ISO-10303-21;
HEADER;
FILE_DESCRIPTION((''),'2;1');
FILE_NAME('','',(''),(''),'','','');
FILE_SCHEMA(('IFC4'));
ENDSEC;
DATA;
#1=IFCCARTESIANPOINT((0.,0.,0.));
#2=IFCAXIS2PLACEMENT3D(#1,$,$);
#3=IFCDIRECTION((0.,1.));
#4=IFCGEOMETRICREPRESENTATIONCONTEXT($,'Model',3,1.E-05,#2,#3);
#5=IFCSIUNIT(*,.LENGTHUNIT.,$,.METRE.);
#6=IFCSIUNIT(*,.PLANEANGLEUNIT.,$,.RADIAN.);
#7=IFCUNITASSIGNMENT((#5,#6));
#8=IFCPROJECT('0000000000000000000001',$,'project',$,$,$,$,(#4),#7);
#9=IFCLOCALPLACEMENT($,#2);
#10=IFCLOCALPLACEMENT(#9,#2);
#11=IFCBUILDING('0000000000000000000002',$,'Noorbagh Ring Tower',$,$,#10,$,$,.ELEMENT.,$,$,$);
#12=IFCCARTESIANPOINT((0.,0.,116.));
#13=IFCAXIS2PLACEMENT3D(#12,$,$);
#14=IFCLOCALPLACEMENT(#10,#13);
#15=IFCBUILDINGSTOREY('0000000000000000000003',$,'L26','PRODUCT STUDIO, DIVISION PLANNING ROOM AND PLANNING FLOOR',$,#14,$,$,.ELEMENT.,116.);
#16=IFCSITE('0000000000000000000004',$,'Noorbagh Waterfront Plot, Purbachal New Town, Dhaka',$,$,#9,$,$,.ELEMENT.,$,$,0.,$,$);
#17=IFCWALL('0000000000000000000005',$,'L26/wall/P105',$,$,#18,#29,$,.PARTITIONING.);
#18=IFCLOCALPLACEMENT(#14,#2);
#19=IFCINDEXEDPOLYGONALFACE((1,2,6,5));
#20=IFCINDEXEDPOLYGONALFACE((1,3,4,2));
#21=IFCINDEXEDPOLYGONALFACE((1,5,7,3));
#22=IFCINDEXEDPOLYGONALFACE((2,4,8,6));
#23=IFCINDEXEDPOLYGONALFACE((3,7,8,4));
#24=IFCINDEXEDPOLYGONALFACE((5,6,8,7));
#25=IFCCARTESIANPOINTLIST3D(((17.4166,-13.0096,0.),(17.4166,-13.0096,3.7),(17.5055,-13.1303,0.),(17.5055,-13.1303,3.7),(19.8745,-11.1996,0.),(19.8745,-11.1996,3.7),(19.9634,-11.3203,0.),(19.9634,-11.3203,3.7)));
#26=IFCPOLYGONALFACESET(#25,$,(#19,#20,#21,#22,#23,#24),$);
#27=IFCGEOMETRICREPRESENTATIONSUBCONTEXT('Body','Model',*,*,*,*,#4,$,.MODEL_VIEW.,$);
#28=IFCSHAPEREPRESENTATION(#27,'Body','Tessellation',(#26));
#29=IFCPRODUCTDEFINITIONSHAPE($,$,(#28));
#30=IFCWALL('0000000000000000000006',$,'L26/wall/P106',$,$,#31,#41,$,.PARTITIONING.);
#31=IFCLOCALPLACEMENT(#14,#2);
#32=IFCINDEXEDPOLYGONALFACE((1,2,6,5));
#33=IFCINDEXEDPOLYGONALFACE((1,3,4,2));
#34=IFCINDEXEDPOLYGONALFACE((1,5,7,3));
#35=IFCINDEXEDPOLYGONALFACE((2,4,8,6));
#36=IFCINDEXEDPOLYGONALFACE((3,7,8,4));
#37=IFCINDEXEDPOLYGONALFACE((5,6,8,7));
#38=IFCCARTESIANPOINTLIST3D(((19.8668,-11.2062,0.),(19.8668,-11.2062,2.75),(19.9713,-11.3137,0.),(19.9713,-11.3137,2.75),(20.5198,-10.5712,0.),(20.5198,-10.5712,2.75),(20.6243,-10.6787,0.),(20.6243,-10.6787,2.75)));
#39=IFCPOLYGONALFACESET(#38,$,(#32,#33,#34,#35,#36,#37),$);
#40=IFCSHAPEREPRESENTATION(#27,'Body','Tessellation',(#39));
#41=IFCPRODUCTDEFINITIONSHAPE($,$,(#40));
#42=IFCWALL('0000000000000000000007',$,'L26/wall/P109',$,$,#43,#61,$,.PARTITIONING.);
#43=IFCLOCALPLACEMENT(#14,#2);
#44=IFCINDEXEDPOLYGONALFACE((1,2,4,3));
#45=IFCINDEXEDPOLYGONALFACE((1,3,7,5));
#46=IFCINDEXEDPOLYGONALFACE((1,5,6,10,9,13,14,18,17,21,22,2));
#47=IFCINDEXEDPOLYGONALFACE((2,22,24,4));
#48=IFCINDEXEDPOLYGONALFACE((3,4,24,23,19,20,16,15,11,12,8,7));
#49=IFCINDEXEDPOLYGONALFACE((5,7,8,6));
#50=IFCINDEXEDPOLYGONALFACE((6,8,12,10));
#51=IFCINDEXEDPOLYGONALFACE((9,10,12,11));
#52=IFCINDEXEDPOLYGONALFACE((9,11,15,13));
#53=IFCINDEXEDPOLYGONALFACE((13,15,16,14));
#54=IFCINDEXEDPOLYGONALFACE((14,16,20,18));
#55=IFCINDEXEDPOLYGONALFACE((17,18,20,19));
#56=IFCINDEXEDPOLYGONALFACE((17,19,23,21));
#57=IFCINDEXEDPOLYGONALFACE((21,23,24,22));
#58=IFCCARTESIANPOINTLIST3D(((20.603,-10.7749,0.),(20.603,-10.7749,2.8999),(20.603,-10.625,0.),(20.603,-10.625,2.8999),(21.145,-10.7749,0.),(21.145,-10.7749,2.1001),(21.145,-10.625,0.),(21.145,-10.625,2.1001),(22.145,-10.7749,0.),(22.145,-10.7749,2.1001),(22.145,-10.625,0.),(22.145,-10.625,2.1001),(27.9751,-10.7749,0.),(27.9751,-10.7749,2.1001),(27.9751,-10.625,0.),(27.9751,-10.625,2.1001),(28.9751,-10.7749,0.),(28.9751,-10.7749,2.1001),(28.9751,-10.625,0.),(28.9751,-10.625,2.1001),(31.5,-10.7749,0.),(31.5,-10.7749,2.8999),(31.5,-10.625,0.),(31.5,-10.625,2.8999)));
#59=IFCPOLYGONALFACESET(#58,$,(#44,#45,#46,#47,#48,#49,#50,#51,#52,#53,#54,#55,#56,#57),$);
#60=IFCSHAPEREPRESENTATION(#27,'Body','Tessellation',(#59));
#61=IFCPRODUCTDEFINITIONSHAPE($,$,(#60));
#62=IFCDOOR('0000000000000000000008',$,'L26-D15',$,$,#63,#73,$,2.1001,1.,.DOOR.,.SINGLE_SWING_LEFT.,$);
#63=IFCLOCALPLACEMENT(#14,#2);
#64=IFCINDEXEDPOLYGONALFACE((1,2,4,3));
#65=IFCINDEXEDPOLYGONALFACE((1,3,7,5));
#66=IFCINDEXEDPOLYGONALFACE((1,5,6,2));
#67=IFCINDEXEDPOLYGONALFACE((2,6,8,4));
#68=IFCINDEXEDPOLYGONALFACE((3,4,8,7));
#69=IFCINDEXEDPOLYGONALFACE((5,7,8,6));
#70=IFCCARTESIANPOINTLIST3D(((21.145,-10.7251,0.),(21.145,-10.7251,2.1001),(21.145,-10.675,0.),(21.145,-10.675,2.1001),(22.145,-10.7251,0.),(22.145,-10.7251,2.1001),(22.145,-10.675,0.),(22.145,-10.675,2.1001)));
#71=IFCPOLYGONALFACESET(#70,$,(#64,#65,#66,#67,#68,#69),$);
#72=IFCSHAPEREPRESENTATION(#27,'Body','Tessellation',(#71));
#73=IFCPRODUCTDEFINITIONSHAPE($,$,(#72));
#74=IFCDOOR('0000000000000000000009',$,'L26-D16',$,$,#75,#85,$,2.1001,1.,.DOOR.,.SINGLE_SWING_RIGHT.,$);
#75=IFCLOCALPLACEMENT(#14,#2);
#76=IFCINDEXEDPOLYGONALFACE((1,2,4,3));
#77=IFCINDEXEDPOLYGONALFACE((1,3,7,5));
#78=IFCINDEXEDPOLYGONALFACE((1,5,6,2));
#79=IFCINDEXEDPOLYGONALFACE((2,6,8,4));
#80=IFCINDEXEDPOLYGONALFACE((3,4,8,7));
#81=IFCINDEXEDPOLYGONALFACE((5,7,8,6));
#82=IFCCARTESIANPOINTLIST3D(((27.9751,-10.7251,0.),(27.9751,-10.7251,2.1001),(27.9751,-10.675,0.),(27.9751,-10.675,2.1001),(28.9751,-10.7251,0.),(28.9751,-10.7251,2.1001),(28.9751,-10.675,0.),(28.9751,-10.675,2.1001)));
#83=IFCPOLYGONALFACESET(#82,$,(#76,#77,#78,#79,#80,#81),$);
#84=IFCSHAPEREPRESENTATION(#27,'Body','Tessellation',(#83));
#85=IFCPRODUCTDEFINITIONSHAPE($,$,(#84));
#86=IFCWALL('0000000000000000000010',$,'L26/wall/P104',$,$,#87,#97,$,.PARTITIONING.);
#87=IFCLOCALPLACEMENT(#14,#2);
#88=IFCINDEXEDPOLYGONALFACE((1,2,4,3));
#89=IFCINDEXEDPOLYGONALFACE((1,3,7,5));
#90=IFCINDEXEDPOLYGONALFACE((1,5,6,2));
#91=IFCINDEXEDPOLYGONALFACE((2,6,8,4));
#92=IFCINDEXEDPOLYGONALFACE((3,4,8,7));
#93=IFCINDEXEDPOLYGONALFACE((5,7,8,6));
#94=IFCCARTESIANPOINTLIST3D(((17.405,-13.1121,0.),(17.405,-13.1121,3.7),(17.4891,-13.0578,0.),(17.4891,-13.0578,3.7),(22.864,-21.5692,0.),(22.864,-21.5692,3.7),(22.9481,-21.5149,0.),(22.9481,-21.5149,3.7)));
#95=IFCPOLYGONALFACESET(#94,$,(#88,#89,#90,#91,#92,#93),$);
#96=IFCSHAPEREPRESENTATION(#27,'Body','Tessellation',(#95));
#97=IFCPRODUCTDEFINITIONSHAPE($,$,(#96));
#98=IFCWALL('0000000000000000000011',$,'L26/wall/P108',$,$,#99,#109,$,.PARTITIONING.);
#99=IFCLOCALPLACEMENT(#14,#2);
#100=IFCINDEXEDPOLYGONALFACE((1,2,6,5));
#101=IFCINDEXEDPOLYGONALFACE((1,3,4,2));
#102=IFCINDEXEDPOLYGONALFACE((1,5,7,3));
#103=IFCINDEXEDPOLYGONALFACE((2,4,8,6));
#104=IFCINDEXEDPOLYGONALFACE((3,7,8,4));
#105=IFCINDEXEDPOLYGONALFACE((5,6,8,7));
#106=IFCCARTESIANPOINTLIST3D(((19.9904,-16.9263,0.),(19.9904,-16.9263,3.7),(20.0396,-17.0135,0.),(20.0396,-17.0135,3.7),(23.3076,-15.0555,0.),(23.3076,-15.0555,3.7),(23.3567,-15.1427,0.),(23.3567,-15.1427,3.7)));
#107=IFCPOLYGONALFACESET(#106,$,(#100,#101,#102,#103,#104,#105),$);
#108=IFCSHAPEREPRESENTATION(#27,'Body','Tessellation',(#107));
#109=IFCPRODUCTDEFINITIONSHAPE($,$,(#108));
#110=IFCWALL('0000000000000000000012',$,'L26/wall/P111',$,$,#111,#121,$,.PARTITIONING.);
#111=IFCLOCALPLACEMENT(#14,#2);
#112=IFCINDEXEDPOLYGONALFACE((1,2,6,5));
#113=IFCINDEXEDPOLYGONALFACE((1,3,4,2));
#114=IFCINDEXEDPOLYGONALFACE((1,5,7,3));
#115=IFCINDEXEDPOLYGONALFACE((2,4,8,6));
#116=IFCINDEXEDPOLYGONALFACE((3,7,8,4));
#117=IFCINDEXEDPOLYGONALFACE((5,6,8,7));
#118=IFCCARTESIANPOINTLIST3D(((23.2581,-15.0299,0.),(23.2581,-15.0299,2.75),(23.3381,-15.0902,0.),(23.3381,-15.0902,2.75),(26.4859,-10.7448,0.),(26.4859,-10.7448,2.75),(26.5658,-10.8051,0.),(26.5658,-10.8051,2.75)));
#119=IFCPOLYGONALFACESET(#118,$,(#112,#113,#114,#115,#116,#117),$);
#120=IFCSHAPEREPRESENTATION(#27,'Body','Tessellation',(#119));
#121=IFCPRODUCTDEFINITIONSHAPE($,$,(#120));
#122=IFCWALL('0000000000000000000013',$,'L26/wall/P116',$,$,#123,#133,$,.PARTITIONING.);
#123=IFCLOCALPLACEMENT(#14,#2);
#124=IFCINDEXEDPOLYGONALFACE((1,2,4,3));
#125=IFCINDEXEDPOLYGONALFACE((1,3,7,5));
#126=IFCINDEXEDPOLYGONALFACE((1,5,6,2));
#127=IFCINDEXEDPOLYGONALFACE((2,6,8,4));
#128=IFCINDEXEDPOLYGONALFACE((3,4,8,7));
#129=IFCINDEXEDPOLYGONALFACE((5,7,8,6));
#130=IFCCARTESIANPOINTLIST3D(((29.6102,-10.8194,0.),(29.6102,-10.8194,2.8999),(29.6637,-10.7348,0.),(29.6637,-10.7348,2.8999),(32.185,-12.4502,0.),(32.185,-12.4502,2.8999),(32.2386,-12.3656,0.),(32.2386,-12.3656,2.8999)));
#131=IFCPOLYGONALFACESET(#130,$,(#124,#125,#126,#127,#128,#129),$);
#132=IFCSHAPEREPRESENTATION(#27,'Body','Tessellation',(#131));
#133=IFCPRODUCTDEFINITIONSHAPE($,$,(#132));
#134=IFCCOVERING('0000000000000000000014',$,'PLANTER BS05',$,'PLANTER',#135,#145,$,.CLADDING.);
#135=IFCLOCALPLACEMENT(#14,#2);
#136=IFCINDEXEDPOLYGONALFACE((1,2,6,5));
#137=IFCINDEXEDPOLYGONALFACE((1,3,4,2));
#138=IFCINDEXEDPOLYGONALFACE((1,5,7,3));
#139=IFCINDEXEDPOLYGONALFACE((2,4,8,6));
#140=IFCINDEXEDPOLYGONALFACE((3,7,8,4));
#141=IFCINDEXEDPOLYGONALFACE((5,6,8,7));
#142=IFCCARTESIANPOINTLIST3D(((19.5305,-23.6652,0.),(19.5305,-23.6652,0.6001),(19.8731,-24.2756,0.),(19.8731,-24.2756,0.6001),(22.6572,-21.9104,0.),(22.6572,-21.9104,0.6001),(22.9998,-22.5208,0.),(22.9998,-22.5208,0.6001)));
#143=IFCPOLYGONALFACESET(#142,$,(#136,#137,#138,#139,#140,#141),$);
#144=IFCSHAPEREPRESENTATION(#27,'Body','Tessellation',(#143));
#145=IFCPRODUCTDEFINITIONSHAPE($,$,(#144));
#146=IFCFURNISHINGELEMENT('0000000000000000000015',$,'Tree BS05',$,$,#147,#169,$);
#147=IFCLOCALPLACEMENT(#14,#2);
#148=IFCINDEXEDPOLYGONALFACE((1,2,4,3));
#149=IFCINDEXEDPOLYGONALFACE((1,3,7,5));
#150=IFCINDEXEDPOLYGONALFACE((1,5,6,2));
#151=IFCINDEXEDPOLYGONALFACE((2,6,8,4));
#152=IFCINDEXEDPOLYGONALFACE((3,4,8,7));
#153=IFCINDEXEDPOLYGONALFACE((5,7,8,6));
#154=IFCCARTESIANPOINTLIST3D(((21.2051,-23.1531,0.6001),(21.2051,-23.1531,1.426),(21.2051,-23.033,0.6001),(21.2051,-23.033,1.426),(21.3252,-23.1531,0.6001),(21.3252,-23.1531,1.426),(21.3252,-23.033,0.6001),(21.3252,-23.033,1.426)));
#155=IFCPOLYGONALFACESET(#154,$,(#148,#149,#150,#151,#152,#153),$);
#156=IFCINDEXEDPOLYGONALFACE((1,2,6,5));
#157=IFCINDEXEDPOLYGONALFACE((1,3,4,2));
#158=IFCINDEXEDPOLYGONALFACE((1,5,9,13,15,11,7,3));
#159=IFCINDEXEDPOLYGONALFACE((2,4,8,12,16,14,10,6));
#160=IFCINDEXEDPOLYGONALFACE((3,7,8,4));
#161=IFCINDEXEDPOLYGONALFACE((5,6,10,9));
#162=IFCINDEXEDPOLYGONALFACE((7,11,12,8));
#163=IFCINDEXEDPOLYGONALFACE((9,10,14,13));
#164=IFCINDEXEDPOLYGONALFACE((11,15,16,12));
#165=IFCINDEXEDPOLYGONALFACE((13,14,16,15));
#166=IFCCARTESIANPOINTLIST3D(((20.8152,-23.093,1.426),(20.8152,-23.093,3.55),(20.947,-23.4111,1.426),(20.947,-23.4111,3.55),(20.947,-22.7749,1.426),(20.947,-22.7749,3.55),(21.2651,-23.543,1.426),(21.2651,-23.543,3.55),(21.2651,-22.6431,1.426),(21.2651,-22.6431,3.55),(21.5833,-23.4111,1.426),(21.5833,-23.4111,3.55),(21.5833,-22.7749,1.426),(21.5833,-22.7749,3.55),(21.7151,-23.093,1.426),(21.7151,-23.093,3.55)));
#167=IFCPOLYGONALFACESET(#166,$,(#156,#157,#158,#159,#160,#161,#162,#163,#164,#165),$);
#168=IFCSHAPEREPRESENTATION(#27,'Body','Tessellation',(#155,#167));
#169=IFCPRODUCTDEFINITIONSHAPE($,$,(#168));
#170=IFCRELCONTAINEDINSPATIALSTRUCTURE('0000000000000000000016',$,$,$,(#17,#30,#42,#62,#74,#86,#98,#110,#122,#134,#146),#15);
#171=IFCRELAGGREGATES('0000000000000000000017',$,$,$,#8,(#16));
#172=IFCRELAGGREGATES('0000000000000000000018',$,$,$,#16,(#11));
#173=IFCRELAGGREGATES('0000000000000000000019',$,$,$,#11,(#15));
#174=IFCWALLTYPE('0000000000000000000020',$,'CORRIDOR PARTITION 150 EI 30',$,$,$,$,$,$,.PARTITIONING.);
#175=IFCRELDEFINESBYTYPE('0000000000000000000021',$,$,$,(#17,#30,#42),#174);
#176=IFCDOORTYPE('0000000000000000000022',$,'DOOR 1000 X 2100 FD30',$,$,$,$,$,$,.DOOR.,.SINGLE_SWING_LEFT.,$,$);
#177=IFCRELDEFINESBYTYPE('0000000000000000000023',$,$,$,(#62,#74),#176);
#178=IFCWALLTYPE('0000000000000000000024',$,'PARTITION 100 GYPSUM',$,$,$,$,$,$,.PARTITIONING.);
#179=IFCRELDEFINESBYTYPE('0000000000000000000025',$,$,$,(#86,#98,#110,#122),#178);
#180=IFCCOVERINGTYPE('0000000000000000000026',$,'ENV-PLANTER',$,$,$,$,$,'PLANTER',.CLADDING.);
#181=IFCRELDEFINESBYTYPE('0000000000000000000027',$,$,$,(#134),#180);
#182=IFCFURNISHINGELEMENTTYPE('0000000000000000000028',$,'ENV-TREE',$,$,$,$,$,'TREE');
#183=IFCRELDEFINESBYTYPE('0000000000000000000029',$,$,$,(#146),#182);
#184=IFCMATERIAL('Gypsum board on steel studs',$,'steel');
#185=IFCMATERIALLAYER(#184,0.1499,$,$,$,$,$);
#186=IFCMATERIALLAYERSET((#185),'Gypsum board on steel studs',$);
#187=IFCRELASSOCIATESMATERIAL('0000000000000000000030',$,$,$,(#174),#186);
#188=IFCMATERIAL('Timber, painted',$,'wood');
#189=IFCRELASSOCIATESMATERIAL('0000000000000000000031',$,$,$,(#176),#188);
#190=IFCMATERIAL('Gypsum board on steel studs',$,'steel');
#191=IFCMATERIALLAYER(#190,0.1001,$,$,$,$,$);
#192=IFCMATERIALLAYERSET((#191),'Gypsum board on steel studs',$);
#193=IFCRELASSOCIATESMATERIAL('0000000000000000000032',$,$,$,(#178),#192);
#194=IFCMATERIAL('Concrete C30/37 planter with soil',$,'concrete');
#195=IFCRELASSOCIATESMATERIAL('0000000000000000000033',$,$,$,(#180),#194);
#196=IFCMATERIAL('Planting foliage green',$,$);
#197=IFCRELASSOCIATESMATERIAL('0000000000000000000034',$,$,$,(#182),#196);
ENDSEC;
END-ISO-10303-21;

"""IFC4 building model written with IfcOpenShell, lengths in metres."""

from ifc_helpers import new_model, si_unit, direction, frame, frame_2d, origin, origin_2d, place, context, subcontext, project, spatial, polyline, rectangle, outline, extrude, material, layer, layer_set, type_object, element, fill, save


model = new_model("IFC4")

# Units and contexts
model_context = context("Model", 3, precision=1e-05, world=origin(), true_north=direction((0.0, 1.0)))
body_context = subcontext(model_context, "Body", "Model", "MODEL_VIEW")
ifc_project = project(units=[si_unit("LENGTHUNIT", "METRE"), si_unit("PLANEANGLEUNIT", "RADIAN")], contexts=[model_context])

# Site, building, storey
site_placement = place(None, origin())
site = spatial("IfcSite", under=ifc_project, at=site_placement, Name="Noorbagh Waterfront Plot, Purbachal New Town, Dhaka", CompositionType="ELEMENT", RefElevation=0.0)
building_placement = place(site_placement, origin())
building = spatial("IfcBuilding", under=site, at=building_placement, Name="Noorbagh Ring Tower", CompositionType="ELEMENT")
storey_placement = place(building_placement, frame((0.0, 0.0, 116.0)))
storey = spatial("IfcBuildingStorey", under=building, at=storey_placement, Name="L26", Description="PRODUCT STUDIO, DIVISION PLANNING ROOM AND PLANNING FLOOR", CompositionType="ELEMENT", Elevation=116.0)

# Walls
ifc_material_1 = material(Name="Gypsum board on steel studs", Category="steel")
ifc_layer_1 = layer(ifc_material_1, 0.1499)
ifc_layer_set_1 = layer_set([ifc_layer_1], Name="Gypsum board on steel studs")
wall_type_1 = type_object("IfcWallType", Name="CORRIDOR PARTITION 150 EI 30", PredefinedType="PARTITIONING", material=ifc_layer_set_1)
wall_1_placement = place(storey_placement, frame((17.4609, -13.0701, 0.0), z_axis=(0.0, 0.0, 1.0), x_axis=(0.805229, 0.592964, 0.0)))
element("IfcWall", 1, at=wall_1_placement, inside=storey, type_object=wall_type_1, Name="L26/wall/P105", PredefinedType="PARTITIONING", context=body_context, shape_type="SweptSolid", body=[
    extrude(rectangle(XDim=3.0525, YDim=0.1499, at=frame_2d((1.5264, 0.0))), origin(), (0.0, 0.0, 1.0), 3.7),
])
wall_2_placement = place(storey_placement, frame((19.9189, -11.26, 0.0), z_axis=(0.0, 0.0, 1.0), x_axis=(0.716954, 0.69712, 0.0)))
element("IfcWall", 2, at=wall_2_placement, inside=storey, type_object=wall_type_1, Name="L26/wall/P106", PredefinedType="PARTITIONING", context=body_context, shape_type="SweptSolid", body=[
    extrude(rectangle(XDim=0.9109, YDim=0.1499, at=frame_2d((0.4556, 0.0))), origin(), (0.0, 0.0, 1.0), 2.75),
])

# Wall, openings, doors
wall_3_placement = place(storey_placement, frame((20.603, -10.7, 0.0), z_axis=(0.0, 0.0, 1.0), x_axis=(1.0, 0.0, 0.0)))
wall_3 = element("IfcWall", 3, at=wall_3_placement, inside=storey, type_object=wall_type_1, Name="L26/wall/P109", PredefinedType="PARTITIONING", context=body_context, shape_type="SweptSolid", body=[
    extrude(rectangle(XDim=10.897, YDim=0.1499, at=frame_2d((5.4485, 0.0))), origin(), (0.0, 0.0, 1.0), 2.8999),
])
opening_1_placement = place(wall_3_placement, frame((0.542, 0.0, 0.0)))
opening_1 = element("IfcOpeningElement", 4, at=opening_1_placement, cuts=wall_3, PredefinedType="OPENING", context=body_context, shape_type="SweptSolid", body=[
    extrude(rectangle(XDim=1.0, YDim=2.1001, at=frame_2d((0.5, 1.05))), frame((0.0, 0.085, 0.0), z_axis=(0.0, -1.0, 0.0), x_axis=(1.0, 0.0, 0.0)), (0.0, 0.0, 1.0), 0.1699),
])
opening_2_placement = place(wall_3_placement, frame((7.3721, 0.0, 0.0)))
opening_2 = element("IfcOpeningElement", 5, at=opening_2_placement, cuts=wall_3, PredefinedType="OPENING", context=body_context, shape_type="SweptSolid", body=[
    extrude(rectangle(XDim=1.0, YDim=2.1001, at=frame_2d((0.5, 1.05))), frame((0.0, 0.085, 0.0), z_axis=(0.0, -1.0, 0.0), x_axis=(1.0, 0.0, 0.0)), (0.0, 0.0, 1.0), 0.1699),
])
ifc_material_2 = material(Name="Timber, painted", Category="wood")
door_type = type_object("IfcDoorType", Name="DOOR 1000 X 2100 FD30", OperationType="SINGLE_SWING_LEFT", PredefinedType="DOOR", material=ifc_material_2)
door_1_placement = place(opening_1_placement, origin())
door_1 = element("IfcDoor", 6, at=door_1_placement, inside=storey, type_object=door_type, Name="L26-D15", OperationType="SINGLE_SWING_LEFT", OverallHeight=2.1001, OverallWidth=1.0, PredefinedType="DOOR", context=body_context, shape_type="SweptSolid", body=[
    extrude(rectangle(XDim=1.0, YDim=2.1001, at=frame_2d((0.5, 1.05))), frame((0.0, 0.0249, 0.0), z_axis=(0.0, -1.0, 0.0), x_axis=(1.0, 0.0, 0.0)), (0.0, 0.0, 1.0), 0.05),
])
fill(opening_1, door_1)
door_2_placement = place(opening_2_placement, origin())
door_2 = element("IfcDoor", 7, at=door_2_placement, inside=storey, type_object=door_type, Name="L26-D16", OperationType="SINGLE_SWING_RIGHT", OverallHeight=2.1001, OverallWidth=1.0, PredefinedType="DOOR", context=body_context, shape_type="SweptSolid", body=[
    extrude(rectangle(XDim=1.0, YDim=2.1001, at=frame_2d((0.5, 1.05))), frame((0.0, 0.0249, 0.0), z_axis=(0.0, -1.0, 0.0), x_axis=(1.0, 0.0, 0.0)), (0.0, 0.0, 1.0), 0.05),
])
fill(opening_2, door_2)

# Walls
ifc_material_3 = material(Name="Gypsum board on steel studs", Category="steel")
ifc_layer_2 = layer(ifc_material_3, 0.1001)
ifc_layer_set_2 = layer_set([ifc_layer_2], Name="Gypsum board on steel studs")
wall_type_2 = type_object("IfcWallType", Name="PARTITION 100 GYPSUM", PredefinedType="PARTITIONING", material=ifc_layer_set_2)
wall_4_placement = place(storey_placement, frame((17.447, -13.085, 0.0), z_axis=(0.0, 0.0, 1.0), x_axis=(0.542326, -0.840168, 0.0)))
element("IfcWall", 8, at=wall_4_placement, inside=storey, type_object=wall_type_2, Name="L26/wall/P104", PredefinedType="PARTITIONING", context=body_context, shape_type="SweptSolid", body=[
    extrude(rectangle(XDim=10.0659, YDim=0.1001, at=frame_2d((5.033, 0.0))), origin(), (0.0, 0.0, 1.0), 3.7),
])
wall_5_placement = place(storey_placement, frame((20.0149, -16.97, 0.0), z_axis=(0.0, 0.0, 1.0), x_axis=(0.871019, 0.49125, 0.0)))
element("IfcWall", 9, at=wall_5_placement, inside=storey, type_object=wall_type_2, Name="L26/wall/P108", PredefinedType="PARTITIONING", context=body_context, shape_type="SweptSolid", body=[
    extrude(rectangle(XDim=3.8083, YDim=0.1001, at=frame_2d((1.9043, 0.0))), origin(), (0.0, 0.0, 1.0), 3.7),
])
wall_6_placement = place(storey_placement, frame((23.2981, -15.0601, 0.0), z_axis=(0.0, 0.0, 1.0), x_axis=(0.601659, 0.798753, 0.0)))
element("IfcWall", 10, at=wall_6_placement, inside=storey, type_object=wall_type_2, Name="L26/wall/P111", PredefinedType="PARTITIONING", context=body_context, shape_type="SweptSolid", body=[
    extrude(rectangle(XDim=5.3647, YDim=0.1001, at=frame_2d((2.6824, 0.0))), origin(), (0.0, 0.0, 1.0), 2.75),
])
wall_7_placement = place(storey_placement, frame((29.637, -10.7771, 0.0), z_axis=(0.0, 0.0, 1.0), x_axis=(0.844811, -0.535065, 0.0)))
element("IfcWall", 11, at=wall_7_placement, inside=storey, type_object=wall_type_2, Name="L26/wall/P116", PredefinedType="PARTITIONING", context=body_context, shape_type="SweptSolid", body=[
    extrude(rectangle(XDim=3.0479, YDim=0.1001, at=frame_2d((1.5239, 0.0))), origin(), (0.0, 0.0, 1.0), 2.8999),
])

# Covering
ifc_material_4 = material(Name="Concrete C30/37 planter with soil", Category="concrete")
covering_type = type_object("IfcCoveringType", Name="ENV-PLANTER", ElementType="PLANTER", PredefinedType="CLADDING", material=ifc_material_4)
covering_placement = place(storey_placement, frame((21.2651, -23.093, 0.0), z_axis=(0.0, 0.0, 1.0), x_axis=(0.872045, 0.489426, 0.0)))
element("IfcCovering", 12, at=covering_placement, inside=storey, type_object=covering_type, Name="PLANTER BS05", ObjectType="PLANTER", PredefinedType="CLADDING", context=body_context, shape_type="SweptSolid", body=[
    extrude(rectangle(XDim=3.5854, YDim=0.7, at=origin_2d()), origin(), (0.0, 0.0, 1.0), 0.6001),
])

# Furnishing element
ifc_material_5 = material(Name="Planting foliage green")
furnishing_element_type = type_object("IfcFurnishingElementType", Name="ENV-TREE", ElementType="TREE", material=ifc_material_5)
furnishing_placement = place(storey_placement, frame((21.2651, -23.093, 0.6001), z_axis=(0.0, 0.0, 1.0), x_axis=(1.0, 0.0, 0.0)))
element("IfcFurnishingElement", 13, at=furnishing_placement, inside=storey, type_object=furnishing_element_type, Name="Tree BS05", context=body_context, shape_type="SweptSolid", body=[
    extrude(rectangle(XDim=0.1201, YDim=0.1201, at=origin_2d()), origin(), (0.0, 0.0, 1.0), 0.8259),
    extrude(outline(polyline([(0.45, 0.0), (0.3181, 0.3181), (0.0, 0.45), (-0.3181, 0.3181), (-0.45, 0.0), (-0.3181, -0.3181), (0.0, -0.45), (0.3181, -0.3181), (0.45, 0.0)])), frame((0.0, 0.0, 0.8259)), (0.0, 0.0, 1.0), 2.124),
])

save(model, "model.ifc")
